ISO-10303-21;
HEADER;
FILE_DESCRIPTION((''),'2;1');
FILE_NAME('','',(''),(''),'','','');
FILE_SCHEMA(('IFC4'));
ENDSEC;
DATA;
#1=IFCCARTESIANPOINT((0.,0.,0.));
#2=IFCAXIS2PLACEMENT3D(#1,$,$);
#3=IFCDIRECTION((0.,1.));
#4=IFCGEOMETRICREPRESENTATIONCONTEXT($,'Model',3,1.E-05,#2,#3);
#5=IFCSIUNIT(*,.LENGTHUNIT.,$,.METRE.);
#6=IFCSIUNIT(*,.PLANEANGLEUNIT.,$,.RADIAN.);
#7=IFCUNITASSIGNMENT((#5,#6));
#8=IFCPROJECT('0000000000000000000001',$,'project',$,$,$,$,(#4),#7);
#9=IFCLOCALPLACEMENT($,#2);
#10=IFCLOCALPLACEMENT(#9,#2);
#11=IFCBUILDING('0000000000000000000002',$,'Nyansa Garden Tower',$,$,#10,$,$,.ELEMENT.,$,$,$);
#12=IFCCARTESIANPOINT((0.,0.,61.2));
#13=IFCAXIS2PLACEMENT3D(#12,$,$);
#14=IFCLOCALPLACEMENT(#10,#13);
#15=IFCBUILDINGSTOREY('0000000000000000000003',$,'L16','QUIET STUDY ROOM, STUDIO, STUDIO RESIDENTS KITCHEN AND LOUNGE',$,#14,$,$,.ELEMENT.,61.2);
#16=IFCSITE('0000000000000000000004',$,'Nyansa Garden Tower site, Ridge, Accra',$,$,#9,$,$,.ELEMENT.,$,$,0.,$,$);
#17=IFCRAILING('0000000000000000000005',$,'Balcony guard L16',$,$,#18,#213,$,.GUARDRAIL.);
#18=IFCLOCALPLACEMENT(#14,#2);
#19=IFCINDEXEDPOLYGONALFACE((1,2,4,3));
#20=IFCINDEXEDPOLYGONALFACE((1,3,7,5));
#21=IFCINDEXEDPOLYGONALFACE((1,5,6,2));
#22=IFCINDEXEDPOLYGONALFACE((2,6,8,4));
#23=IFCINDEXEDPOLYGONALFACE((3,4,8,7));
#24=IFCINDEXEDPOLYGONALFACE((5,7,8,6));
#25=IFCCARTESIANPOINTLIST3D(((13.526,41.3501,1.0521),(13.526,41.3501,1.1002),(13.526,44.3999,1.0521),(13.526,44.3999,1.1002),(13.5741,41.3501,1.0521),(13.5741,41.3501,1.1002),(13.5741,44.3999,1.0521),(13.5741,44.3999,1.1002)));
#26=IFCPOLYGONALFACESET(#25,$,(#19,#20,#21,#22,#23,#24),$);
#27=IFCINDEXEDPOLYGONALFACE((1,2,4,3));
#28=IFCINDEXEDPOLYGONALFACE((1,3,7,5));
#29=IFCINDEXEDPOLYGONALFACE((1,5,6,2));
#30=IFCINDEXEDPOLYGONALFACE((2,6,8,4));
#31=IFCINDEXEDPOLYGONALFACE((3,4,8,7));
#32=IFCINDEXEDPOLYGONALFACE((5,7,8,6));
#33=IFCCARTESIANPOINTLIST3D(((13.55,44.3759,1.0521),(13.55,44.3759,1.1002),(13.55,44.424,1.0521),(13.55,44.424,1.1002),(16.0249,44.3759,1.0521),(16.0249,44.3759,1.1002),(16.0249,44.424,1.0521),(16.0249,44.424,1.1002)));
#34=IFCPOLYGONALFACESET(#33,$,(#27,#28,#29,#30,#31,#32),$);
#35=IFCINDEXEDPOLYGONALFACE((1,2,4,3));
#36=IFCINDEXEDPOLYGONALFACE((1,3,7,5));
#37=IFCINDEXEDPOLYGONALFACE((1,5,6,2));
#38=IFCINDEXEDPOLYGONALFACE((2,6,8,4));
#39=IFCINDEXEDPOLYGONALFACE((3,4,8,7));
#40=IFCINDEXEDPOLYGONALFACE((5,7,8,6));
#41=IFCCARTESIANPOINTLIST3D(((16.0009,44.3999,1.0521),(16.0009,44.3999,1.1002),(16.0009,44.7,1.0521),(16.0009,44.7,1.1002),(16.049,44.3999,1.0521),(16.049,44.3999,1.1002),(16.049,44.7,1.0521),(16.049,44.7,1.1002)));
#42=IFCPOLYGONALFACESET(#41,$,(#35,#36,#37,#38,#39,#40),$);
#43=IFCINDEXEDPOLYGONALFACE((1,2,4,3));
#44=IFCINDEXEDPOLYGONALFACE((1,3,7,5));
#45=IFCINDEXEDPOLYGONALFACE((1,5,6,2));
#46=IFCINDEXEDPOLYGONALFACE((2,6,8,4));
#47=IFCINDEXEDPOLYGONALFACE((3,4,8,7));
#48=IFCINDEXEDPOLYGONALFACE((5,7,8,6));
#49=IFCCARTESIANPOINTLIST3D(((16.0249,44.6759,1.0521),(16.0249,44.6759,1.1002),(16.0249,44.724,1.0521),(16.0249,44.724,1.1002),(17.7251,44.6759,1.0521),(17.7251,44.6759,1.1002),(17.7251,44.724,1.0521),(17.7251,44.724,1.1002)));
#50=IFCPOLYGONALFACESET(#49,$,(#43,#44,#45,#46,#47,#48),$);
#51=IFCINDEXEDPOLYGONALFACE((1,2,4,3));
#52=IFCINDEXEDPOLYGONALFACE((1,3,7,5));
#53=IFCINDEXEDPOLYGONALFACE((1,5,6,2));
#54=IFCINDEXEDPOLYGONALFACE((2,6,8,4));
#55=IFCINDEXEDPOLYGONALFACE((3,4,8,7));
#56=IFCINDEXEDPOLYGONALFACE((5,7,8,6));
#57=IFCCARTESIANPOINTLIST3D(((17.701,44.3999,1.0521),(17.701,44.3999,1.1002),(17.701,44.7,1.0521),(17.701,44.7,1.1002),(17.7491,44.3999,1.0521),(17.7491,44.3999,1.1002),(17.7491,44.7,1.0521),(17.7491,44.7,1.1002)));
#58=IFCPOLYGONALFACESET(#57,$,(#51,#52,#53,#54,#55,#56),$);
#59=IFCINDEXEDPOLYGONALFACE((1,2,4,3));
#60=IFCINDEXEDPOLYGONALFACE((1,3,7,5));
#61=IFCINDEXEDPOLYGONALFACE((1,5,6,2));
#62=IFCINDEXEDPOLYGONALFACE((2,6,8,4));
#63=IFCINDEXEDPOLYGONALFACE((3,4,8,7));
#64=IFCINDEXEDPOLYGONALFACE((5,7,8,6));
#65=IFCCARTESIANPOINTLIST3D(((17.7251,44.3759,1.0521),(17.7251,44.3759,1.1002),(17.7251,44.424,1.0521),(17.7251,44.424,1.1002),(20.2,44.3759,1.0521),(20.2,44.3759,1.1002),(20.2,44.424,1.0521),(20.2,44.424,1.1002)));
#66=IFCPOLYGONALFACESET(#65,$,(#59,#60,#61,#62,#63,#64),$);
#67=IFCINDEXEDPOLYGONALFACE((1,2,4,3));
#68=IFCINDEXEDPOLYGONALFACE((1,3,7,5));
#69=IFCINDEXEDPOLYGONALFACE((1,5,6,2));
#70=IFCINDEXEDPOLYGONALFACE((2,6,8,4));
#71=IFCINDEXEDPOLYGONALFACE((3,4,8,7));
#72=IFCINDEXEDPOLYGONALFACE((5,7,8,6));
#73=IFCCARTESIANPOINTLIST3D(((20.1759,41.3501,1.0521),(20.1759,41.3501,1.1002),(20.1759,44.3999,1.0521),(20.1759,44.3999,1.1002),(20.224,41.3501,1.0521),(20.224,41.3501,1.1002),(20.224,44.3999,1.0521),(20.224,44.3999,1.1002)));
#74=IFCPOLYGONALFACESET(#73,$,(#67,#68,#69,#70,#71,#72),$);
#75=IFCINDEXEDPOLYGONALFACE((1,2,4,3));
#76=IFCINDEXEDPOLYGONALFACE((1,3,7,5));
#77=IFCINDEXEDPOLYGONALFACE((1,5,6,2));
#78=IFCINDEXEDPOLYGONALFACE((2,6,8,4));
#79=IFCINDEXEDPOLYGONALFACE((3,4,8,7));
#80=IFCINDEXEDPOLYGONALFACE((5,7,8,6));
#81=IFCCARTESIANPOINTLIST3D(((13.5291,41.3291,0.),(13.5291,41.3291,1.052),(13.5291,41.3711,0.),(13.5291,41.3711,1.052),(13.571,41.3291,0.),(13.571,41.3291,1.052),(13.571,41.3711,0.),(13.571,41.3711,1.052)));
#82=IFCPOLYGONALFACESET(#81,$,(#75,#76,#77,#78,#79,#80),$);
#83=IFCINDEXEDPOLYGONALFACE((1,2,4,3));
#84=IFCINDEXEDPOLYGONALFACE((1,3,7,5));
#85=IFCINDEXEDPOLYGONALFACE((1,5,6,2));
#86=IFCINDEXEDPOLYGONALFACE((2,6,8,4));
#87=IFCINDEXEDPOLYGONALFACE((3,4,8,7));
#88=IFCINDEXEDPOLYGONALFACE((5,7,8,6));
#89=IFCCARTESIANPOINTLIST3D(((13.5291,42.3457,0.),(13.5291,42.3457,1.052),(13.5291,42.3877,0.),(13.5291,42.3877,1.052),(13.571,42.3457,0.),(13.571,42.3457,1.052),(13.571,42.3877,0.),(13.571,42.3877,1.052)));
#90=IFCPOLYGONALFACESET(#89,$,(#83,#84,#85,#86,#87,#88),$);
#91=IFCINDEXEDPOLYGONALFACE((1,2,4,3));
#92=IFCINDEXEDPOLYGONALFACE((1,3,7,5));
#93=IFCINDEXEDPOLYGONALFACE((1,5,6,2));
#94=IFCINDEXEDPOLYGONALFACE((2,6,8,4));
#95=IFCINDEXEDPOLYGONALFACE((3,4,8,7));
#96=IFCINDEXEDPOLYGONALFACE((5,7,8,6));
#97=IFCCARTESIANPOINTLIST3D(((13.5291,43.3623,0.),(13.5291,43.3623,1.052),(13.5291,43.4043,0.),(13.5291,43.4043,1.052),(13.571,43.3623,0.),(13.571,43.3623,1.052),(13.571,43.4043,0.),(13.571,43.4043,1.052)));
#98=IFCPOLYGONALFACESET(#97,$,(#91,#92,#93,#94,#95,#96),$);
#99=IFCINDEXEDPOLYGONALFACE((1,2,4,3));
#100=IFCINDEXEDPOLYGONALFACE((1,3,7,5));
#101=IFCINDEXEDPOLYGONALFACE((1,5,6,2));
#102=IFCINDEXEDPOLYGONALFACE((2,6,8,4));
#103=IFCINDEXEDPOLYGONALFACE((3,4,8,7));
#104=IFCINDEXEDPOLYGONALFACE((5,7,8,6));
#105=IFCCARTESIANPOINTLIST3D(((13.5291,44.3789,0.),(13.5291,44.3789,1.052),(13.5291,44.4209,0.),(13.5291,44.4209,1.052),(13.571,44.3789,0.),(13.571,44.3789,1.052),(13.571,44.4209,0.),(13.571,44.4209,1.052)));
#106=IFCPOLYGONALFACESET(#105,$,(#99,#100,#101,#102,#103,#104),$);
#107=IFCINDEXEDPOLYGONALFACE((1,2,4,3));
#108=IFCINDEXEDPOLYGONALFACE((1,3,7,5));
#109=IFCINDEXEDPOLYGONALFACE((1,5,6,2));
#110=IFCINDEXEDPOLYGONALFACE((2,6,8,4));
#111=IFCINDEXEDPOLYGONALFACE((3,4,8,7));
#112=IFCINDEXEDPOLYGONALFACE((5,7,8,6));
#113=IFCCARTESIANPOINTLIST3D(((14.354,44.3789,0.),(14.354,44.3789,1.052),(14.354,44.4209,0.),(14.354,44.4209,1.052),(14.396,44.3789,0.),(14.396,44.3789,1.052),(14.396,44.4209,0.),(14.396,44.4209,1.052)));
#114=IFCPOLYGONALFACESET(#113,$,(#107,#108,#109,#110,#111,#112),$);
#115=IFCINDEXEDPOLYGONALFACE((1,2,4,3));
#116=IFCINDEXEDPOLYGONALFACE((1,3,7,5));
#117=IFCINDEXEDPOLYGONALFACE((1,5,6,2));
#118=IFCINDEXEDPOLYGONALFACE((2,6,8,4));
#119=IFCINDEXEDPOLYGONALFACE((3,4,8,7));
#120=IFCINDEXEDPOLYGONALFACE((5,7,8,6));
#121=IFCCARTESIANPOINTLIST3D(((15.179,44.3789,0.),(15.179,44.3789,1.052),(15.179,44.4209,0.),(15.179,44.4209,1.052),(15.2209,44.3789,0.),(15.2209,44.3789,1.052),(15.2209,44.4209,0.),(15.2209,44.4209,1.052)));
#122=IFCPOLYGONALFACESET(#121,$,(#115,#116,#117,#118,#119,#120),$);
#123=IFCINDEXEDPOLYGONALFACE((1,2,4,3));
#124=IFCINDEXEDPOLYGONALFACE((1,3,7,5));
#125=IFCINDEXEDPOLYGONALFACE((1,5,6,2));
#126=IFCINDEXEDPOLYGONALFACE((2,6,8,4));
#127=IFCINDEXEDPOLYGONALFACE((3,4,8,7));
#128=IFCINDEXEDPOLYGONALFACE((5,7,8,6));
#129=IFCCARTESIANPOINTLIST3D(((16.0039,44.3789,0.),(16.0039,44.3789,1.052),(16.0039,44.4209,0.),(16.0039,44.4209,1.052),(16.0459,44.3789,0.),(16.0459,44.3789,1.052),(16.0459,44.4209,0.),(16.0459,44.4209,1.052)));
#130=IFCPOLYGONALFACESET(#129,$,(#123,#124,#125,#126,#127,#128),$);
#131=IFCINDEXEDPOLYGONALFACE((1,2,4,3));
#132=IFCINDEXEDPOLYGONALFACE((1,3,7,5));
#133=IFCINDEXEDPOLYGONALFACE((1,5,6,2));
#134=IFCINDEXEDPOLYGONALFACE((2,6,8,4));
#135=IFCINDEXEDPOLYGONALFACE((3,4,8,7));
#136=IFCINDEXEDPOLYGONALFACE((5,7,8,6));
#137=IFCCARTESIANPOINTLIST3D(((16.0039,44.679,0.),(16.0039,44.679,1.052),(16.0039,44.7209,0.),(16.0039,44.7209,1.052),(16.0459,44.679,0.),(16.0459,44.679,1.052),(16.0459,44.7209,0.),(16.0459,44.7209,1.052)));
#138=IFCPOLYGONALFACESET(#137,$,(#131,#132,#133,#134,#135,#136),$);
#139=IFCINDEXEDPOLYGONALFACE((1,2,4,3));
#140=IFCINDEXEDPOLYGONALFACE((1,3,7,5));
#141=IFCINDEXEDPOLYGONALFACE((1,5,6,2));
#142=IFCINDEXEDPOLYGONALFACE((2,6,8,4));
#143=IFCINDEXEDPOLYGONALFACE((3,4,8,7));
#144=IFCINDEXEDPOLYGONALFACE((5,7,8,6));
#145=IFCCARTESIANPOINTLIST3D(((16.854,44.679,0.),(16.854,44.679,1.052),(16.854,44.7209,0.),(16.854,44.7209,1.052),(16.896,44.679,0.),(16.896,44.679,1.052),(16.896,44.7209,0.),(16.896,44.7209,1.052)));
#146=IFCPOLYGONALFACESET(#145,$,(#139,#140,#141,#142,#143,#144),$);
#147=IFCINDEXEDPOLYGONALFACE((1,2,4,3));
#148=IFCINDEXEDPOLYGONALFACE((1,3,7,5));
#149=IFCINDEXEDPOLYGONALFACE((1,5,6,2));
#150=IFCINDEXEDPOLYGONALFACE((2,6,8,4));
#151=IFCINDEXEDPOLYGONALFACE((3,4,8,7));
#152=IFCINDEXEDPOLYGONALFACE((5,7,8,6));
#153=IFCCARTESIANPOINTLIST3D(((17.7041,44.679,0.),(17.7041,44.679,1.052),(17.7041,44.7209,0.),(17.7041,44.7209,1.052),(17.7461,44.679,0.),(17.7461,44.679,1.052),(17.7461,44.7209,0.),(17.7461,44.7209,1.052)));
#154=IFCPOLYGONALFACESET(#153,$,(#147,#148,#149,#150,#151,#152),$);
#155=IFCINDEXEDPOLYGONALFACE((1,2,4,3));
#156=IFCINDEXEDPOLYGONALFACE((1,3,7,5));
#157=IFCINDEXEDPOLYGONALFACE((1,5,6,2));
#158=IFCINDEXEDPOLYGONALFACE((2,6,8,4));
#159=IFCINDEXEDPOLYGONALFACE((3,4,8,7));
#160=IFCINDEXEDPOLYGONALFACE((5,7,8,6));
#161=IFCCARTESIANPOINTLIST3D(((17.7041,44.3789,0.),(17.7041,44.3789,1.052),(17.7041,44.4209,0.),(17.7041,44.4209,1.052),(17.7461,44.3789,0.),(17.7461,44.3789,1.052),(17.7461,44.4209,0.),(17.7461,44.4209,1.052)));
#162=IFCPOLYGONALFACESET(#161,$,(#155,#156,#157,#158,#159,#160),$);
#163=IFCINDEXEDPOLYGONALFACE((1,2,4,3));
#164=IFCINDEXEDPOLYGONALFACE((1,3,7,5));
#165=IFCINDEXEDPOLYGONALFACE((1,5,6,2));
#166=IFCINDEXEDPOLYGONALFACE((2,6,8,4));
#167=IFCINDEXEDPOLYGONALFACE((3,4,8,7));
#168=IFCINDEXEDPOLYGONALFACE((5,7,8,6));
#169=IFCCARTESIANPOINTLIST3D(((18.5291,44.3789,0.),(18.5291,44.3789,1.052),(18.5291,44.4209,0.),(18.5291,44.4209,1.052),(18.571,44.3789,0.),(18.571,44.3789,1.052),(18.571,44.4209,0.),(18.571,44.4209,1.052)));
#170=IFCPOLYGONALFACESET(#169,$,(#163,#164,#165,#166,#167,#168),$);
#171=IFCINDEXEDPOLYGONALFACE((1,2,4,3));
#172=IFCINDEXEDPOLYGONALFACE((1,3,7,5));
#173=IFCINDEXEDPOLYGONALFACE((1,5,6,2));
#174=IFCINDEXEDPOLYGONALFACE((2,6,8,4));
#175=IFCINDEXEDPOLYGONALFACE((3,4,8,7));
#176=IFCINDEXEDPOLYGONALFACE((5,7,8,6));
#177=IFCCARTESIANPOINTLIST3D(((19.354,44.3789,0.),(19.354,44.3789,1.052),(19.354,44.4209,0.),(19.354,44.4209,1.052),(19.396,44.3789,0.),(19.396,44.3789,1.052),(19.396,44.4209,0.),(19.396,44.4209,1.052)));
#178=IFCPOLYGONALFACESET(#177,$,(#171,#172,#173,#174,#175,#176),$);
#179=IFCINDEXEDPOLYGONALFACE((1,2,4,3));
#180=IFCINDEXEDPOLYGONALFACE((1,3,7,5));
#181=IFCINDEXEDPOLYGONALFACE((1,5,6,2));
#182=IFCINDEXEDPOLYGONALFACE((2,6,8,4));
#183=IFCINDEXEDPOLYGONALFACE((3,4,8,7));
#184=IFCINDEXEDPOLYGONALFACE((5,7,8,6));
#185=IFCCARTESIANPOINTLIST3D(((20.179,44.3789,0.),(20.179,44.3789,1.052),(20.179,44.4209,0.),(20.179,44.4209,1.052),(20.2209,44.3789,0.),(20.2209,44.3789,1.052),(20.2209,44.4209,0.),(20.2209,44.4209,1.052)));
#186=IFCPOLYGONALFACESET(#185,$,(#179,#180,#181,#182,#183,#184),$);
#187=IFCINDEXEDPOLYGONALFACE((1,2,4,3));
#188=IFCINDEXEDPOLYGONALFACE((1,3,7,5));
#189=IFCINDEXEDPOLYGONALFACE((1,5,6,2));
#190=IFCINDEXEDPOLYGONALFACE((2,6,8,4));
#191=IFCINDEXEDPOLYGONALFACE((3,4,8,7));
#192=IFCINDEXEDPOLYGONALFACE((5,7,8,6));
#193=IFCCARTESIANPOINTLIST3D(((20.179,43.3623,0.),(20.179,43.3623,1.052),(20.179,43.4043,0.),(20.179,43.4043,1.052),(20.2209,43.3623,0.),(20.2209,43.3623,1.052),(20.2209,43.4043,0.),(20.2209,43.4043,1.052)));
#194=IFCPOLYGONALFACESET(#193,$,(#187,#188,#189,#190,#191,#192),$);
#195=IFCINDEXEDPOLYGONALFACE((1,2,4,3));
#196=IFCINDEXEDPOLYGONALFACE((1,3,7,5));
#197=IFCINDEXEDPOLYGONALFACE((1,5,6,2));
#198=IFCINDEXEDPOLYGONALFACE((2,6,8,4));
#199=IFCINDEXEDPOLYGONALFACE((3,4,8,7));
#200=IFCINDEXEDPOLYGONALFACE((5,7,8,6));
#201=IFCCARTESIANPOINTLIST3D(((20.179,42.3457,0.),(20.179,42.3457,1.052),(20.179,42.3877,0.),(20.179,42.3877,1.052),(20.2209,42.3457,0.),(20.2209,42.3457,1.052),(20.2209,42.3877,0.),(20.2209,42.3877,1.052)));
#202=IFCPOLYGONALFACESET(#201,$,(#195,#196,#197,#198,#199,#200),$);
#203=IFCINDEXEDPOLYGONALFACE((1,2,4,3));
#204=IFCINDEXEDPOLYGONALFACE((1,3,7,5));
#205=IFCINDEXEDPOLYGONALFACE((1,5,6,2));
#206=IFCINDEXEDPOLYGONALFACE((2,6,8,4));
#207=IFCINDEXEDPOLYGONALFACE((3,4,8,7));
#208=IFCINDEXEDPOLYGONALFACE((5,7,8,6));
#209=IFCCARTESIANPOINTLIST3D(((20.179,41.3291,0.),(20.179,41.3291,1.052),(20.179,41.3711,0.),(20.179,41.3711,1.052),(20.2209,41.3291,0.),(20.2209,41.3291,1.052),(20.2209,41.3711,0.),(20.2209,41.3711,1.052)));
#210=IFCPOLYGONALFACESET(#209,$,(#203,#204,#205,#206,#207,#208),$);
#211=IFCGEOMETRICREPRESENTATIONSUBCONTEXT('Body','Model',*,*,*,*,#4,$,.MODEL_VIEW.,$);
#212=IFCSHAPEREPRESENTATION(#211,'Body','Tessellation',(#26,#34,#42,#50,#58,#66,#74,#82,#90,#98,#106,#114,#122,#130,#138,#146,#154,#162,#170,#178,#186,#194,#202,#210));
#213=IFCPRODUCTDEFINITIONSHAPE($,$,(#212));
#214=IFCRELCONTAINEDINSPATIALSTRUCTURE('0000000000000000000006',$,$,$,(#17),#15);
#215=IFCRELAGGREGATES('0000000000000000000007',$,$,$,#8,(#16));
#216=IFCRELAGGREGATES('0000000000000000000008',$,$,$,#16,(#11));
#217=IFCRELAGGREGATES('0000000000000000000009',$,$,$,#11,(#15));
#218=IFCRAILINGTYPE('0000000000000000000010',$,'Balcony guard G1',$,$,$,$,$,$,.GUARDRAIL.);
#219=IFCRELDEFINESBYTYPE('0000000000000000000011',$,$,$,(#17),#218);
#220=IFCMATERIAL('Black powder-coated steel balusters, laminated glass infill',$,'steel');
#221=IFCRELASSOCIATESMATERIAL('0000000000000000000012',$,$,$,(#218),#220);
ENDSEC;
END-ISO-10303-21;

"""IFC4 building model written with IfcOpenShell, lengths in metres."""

from ifc_helpers import new_model, si_unit, direction, frame, origin, origin_2d, place, context, subcontext, project, spatial, rectangle, extrude, material, type_object, element, save


model = new_model("IFC4")

# Units and contexts
model_context = context("Model", 3, precision=1e-05, world=origin(), true_north=direction((0.0, 1.0)))
body_context = subcontext(model_context, "Body", "Model", "MODEL_VIEW")
ifc_project = project(units=[si_unit("LENGTHUNIT", "METRE"), si_unit("PLANEANGLEUNIT", "RADIAN")], contexts=[model_context])

# Site, building, storey
site_placement = place(None, origin())
site = spatial("IfcSite", under=ifc_project, at=site_placement, Name="Nyansa Garden Tower site, Ridge, Accra", CompositionType="ELEMENT", RefElevation=0.0)
building_placement = place(site_placement, origin())
building = spatial("IfcBuilding", under=site, at=building_placement, Name="Nyansa Garden Tower", CompositionType="ELEMENT")
storey_placement = place(building_placement, frame((0.0, 0.0, 61.2)))
storey = spatial("IfcBuildingStorey", under=building, at=storey_placement, Name="L16", Description="QUIET STUDY ROOM, STUDIO, STUDIO RESIDENTS KITCHEN AND LOUNGE", CompositionType="ELEMENT", Elevation=61.2)

# Railing
ifc_material_1 = material(Name="Black powder-coated steel balusters, laminated glass infill", Category="steel")
railing_type = type_object("IfcRailingType", Name="Balcony guard G1", PredefinedType="GUARDRAIL", material=ifc_material_1)
railing_placement = place(storey_placement, frame((13.55, 41.3501, 0.0)))
element("IfcRailing", 1, at=railing_placement, inside=storey, type_object=railing_type, Name="Balcony guard L16", PredefinedType="GUARDRAIL", context=body_context, shape_type="SweptSolid", body=[
    extrude(rectangle(XDim=0.0481, YDim=0.0481, at=origin_2d()), frame((0.0, 0.0, 1.0762), z_axis=(0.0, 1.0, 0.0), x_axis=(-1.0, 0.0, 0.0)), (0.0, 0.0, 1.0), 3.0498),
    extrude(rectangle(XDim=0.0481, YDim=0.0481, at=origin_2d()), frame((0.0, 3.0498, 1.0762), z_axis=(1.0, 0.0, 0.0), x_axis=(0.0, 1.0, 0.0)), (0.0, 0.0, 1.0), 2.4749),
    extrude(rectangle(XDim=0.0481, YDim=0.0481, at=origin_2d()), frame((2.4749, 3.0498, 1.0762), z_axis=(0.0, 1.0, 0.0), x_axis=(-1.0, 0.0, 0.0)), (0.0, 0.0, 1.0), 0.3),
    extrude(rectangle(XDim=0.0481, YDim=0.0481, at=origin_2d()), frame((2.4749, 3.3499, 1.0762), z_axis=(1.0, 0.0, 0.0), x_axis=(0.0, 1.0, 0.0)), (0.0, 0.0, 1.0), 1.7002),
    extrude(rectangle(XDim=0.0481, YDim=0.0481, at=origin_2d()), frame((4.175, 3.3499, 1.0762), z_axis=(0.0, -1.0, 0.0), x_axis=(1.0, 0.0, 0.0)), (0.0, 0.0, 1.0), 0.3),
    extrude(rectangle(XDim=0.0481, YDim=0.0481, at=origin_2d()), frame((4.175, 3.0498, 1.0762), z_axis=(1.0, 0.0, 0.0), x_axis=(0.0, 1.0, 0.0)), (0.0, 0.0, 1.0), 2.4749),
    extrude(rectangle(XDim=0.0481, YDim=0.0481, at=origin_2d()), frame((6.6499, 3.0498, 1.0762), z_axis=(0.0, -1.0, 0.0), x_axis=(1.0, 0.0, 0.0)), (0.0, 0.0, 1.0), 3.0498),
    extrude(rectangle(XDim=0.042, YDim=0.042, at=origin_2d()), origin(), (0.0, 0.0, 1.0), 1.052),
    extrude(rectangle(XDim=0.042, YDim=0.042, at=origin_2d()), frame((0.0, 1.0166, 0.0)), (0.0, 0.0, 1.0), 1.052),
    extrude(rectangle(XDim=0.042, YDim=0.042, at=origin_2d()), frame((0.0, 2.0332, 0.0)), (0.0, 0.0, 1.0), 1.052),
    extrude(rectangle(XDim=0.042, YDim=0.042, at=origin_2d()), frame((0.0, 3.0498, 0.0)), (0.0, 0.0, 1.0), 1.052),
    extrude(rectangle(XDim=0.042, YDim=0.042, at=origin_2d()), frame((0.825, 3.0498, 0.0)), (0.0, 0.0, 1.0), 1.052),
    extrude(rectangle(XDim=0.042, YDim=0.042, at=origin_2d()), frame((1.6499, 3.0498, 0.0)), (0.0, 0.0, 1.0), 1.052),
    extrude(rectangle(XDim=0.042, YDim=0.042, at=origin_2d()), frame((2.4749, 3.0498, 0.0)), (0.0, 0.0, 1.0), 1.052),
    extrude(rectangle(XDim=0.042, YDim=0.042, at=origin_2d()), frame((2.4749, 3.3499, 0.0)), (0.0, 0.0, 1.0), 1.052),
    extrude(rectangle(XDim=0.042, YDim=0.042, at=origin_2d()), frame((3.325, 3.3499, 0.0)), (0.0, 0.0, 1.0), 1.052),
    extrude(rectangle(XDim=0.042, YDim=0.042, at=origin_2d()), frame((4.175, 3.3499, 0.0)), (0.0, 0.0, 1.0), 1.052),
    extrude(rectangle(XDim=0.042, YDim=0.042, at=origin_2d()), frame((4.175, 3.0498, 0.0)), (0.0, 0.0, 1.0), 1.052),
    extrude(rectangle(XDim=0.042, YDim=0.042, at=origin_2d()), frame((5.0, 3.0498, 0.0)), (0.0, 0.0, 1.0), 1.052),
    extrude(rectangle(XDim=0.042, YDim=0.042, at=origin_2d()), frame((5.825, 3.0498, 0.0)), (0.0, 0.0, 1.0), 1.052),
    extrude(rectangle(XDim=0.042, YDim=0.042, at=origin_2d()), frame((6.6499, 3.0498, 0.0)), (0.0, 0.0, 1.0), 1.052),
    extrude(rectangle(XDim=0.042, YDim=0.042, at=origin_2d()), frame((6.6499, 2.0332, 0.0)), (0.0, 0.0, 1.0), 1.052),
    extrude(rectangle(XDim=0.042, YDim=0.042, at=origin_2d()), frame((6.6499, 1.0166, 0.0)), (0.0, 0.0, 1.0), 1.052),
    extrude(rectangle(XDim=0.042, YDim=0.042, at=origin_2d()), frame((6.6499, 0.0, 0.0)), (0.0, 0.0, 1.0), 1.052),
])

save(model, "model.ifc")
